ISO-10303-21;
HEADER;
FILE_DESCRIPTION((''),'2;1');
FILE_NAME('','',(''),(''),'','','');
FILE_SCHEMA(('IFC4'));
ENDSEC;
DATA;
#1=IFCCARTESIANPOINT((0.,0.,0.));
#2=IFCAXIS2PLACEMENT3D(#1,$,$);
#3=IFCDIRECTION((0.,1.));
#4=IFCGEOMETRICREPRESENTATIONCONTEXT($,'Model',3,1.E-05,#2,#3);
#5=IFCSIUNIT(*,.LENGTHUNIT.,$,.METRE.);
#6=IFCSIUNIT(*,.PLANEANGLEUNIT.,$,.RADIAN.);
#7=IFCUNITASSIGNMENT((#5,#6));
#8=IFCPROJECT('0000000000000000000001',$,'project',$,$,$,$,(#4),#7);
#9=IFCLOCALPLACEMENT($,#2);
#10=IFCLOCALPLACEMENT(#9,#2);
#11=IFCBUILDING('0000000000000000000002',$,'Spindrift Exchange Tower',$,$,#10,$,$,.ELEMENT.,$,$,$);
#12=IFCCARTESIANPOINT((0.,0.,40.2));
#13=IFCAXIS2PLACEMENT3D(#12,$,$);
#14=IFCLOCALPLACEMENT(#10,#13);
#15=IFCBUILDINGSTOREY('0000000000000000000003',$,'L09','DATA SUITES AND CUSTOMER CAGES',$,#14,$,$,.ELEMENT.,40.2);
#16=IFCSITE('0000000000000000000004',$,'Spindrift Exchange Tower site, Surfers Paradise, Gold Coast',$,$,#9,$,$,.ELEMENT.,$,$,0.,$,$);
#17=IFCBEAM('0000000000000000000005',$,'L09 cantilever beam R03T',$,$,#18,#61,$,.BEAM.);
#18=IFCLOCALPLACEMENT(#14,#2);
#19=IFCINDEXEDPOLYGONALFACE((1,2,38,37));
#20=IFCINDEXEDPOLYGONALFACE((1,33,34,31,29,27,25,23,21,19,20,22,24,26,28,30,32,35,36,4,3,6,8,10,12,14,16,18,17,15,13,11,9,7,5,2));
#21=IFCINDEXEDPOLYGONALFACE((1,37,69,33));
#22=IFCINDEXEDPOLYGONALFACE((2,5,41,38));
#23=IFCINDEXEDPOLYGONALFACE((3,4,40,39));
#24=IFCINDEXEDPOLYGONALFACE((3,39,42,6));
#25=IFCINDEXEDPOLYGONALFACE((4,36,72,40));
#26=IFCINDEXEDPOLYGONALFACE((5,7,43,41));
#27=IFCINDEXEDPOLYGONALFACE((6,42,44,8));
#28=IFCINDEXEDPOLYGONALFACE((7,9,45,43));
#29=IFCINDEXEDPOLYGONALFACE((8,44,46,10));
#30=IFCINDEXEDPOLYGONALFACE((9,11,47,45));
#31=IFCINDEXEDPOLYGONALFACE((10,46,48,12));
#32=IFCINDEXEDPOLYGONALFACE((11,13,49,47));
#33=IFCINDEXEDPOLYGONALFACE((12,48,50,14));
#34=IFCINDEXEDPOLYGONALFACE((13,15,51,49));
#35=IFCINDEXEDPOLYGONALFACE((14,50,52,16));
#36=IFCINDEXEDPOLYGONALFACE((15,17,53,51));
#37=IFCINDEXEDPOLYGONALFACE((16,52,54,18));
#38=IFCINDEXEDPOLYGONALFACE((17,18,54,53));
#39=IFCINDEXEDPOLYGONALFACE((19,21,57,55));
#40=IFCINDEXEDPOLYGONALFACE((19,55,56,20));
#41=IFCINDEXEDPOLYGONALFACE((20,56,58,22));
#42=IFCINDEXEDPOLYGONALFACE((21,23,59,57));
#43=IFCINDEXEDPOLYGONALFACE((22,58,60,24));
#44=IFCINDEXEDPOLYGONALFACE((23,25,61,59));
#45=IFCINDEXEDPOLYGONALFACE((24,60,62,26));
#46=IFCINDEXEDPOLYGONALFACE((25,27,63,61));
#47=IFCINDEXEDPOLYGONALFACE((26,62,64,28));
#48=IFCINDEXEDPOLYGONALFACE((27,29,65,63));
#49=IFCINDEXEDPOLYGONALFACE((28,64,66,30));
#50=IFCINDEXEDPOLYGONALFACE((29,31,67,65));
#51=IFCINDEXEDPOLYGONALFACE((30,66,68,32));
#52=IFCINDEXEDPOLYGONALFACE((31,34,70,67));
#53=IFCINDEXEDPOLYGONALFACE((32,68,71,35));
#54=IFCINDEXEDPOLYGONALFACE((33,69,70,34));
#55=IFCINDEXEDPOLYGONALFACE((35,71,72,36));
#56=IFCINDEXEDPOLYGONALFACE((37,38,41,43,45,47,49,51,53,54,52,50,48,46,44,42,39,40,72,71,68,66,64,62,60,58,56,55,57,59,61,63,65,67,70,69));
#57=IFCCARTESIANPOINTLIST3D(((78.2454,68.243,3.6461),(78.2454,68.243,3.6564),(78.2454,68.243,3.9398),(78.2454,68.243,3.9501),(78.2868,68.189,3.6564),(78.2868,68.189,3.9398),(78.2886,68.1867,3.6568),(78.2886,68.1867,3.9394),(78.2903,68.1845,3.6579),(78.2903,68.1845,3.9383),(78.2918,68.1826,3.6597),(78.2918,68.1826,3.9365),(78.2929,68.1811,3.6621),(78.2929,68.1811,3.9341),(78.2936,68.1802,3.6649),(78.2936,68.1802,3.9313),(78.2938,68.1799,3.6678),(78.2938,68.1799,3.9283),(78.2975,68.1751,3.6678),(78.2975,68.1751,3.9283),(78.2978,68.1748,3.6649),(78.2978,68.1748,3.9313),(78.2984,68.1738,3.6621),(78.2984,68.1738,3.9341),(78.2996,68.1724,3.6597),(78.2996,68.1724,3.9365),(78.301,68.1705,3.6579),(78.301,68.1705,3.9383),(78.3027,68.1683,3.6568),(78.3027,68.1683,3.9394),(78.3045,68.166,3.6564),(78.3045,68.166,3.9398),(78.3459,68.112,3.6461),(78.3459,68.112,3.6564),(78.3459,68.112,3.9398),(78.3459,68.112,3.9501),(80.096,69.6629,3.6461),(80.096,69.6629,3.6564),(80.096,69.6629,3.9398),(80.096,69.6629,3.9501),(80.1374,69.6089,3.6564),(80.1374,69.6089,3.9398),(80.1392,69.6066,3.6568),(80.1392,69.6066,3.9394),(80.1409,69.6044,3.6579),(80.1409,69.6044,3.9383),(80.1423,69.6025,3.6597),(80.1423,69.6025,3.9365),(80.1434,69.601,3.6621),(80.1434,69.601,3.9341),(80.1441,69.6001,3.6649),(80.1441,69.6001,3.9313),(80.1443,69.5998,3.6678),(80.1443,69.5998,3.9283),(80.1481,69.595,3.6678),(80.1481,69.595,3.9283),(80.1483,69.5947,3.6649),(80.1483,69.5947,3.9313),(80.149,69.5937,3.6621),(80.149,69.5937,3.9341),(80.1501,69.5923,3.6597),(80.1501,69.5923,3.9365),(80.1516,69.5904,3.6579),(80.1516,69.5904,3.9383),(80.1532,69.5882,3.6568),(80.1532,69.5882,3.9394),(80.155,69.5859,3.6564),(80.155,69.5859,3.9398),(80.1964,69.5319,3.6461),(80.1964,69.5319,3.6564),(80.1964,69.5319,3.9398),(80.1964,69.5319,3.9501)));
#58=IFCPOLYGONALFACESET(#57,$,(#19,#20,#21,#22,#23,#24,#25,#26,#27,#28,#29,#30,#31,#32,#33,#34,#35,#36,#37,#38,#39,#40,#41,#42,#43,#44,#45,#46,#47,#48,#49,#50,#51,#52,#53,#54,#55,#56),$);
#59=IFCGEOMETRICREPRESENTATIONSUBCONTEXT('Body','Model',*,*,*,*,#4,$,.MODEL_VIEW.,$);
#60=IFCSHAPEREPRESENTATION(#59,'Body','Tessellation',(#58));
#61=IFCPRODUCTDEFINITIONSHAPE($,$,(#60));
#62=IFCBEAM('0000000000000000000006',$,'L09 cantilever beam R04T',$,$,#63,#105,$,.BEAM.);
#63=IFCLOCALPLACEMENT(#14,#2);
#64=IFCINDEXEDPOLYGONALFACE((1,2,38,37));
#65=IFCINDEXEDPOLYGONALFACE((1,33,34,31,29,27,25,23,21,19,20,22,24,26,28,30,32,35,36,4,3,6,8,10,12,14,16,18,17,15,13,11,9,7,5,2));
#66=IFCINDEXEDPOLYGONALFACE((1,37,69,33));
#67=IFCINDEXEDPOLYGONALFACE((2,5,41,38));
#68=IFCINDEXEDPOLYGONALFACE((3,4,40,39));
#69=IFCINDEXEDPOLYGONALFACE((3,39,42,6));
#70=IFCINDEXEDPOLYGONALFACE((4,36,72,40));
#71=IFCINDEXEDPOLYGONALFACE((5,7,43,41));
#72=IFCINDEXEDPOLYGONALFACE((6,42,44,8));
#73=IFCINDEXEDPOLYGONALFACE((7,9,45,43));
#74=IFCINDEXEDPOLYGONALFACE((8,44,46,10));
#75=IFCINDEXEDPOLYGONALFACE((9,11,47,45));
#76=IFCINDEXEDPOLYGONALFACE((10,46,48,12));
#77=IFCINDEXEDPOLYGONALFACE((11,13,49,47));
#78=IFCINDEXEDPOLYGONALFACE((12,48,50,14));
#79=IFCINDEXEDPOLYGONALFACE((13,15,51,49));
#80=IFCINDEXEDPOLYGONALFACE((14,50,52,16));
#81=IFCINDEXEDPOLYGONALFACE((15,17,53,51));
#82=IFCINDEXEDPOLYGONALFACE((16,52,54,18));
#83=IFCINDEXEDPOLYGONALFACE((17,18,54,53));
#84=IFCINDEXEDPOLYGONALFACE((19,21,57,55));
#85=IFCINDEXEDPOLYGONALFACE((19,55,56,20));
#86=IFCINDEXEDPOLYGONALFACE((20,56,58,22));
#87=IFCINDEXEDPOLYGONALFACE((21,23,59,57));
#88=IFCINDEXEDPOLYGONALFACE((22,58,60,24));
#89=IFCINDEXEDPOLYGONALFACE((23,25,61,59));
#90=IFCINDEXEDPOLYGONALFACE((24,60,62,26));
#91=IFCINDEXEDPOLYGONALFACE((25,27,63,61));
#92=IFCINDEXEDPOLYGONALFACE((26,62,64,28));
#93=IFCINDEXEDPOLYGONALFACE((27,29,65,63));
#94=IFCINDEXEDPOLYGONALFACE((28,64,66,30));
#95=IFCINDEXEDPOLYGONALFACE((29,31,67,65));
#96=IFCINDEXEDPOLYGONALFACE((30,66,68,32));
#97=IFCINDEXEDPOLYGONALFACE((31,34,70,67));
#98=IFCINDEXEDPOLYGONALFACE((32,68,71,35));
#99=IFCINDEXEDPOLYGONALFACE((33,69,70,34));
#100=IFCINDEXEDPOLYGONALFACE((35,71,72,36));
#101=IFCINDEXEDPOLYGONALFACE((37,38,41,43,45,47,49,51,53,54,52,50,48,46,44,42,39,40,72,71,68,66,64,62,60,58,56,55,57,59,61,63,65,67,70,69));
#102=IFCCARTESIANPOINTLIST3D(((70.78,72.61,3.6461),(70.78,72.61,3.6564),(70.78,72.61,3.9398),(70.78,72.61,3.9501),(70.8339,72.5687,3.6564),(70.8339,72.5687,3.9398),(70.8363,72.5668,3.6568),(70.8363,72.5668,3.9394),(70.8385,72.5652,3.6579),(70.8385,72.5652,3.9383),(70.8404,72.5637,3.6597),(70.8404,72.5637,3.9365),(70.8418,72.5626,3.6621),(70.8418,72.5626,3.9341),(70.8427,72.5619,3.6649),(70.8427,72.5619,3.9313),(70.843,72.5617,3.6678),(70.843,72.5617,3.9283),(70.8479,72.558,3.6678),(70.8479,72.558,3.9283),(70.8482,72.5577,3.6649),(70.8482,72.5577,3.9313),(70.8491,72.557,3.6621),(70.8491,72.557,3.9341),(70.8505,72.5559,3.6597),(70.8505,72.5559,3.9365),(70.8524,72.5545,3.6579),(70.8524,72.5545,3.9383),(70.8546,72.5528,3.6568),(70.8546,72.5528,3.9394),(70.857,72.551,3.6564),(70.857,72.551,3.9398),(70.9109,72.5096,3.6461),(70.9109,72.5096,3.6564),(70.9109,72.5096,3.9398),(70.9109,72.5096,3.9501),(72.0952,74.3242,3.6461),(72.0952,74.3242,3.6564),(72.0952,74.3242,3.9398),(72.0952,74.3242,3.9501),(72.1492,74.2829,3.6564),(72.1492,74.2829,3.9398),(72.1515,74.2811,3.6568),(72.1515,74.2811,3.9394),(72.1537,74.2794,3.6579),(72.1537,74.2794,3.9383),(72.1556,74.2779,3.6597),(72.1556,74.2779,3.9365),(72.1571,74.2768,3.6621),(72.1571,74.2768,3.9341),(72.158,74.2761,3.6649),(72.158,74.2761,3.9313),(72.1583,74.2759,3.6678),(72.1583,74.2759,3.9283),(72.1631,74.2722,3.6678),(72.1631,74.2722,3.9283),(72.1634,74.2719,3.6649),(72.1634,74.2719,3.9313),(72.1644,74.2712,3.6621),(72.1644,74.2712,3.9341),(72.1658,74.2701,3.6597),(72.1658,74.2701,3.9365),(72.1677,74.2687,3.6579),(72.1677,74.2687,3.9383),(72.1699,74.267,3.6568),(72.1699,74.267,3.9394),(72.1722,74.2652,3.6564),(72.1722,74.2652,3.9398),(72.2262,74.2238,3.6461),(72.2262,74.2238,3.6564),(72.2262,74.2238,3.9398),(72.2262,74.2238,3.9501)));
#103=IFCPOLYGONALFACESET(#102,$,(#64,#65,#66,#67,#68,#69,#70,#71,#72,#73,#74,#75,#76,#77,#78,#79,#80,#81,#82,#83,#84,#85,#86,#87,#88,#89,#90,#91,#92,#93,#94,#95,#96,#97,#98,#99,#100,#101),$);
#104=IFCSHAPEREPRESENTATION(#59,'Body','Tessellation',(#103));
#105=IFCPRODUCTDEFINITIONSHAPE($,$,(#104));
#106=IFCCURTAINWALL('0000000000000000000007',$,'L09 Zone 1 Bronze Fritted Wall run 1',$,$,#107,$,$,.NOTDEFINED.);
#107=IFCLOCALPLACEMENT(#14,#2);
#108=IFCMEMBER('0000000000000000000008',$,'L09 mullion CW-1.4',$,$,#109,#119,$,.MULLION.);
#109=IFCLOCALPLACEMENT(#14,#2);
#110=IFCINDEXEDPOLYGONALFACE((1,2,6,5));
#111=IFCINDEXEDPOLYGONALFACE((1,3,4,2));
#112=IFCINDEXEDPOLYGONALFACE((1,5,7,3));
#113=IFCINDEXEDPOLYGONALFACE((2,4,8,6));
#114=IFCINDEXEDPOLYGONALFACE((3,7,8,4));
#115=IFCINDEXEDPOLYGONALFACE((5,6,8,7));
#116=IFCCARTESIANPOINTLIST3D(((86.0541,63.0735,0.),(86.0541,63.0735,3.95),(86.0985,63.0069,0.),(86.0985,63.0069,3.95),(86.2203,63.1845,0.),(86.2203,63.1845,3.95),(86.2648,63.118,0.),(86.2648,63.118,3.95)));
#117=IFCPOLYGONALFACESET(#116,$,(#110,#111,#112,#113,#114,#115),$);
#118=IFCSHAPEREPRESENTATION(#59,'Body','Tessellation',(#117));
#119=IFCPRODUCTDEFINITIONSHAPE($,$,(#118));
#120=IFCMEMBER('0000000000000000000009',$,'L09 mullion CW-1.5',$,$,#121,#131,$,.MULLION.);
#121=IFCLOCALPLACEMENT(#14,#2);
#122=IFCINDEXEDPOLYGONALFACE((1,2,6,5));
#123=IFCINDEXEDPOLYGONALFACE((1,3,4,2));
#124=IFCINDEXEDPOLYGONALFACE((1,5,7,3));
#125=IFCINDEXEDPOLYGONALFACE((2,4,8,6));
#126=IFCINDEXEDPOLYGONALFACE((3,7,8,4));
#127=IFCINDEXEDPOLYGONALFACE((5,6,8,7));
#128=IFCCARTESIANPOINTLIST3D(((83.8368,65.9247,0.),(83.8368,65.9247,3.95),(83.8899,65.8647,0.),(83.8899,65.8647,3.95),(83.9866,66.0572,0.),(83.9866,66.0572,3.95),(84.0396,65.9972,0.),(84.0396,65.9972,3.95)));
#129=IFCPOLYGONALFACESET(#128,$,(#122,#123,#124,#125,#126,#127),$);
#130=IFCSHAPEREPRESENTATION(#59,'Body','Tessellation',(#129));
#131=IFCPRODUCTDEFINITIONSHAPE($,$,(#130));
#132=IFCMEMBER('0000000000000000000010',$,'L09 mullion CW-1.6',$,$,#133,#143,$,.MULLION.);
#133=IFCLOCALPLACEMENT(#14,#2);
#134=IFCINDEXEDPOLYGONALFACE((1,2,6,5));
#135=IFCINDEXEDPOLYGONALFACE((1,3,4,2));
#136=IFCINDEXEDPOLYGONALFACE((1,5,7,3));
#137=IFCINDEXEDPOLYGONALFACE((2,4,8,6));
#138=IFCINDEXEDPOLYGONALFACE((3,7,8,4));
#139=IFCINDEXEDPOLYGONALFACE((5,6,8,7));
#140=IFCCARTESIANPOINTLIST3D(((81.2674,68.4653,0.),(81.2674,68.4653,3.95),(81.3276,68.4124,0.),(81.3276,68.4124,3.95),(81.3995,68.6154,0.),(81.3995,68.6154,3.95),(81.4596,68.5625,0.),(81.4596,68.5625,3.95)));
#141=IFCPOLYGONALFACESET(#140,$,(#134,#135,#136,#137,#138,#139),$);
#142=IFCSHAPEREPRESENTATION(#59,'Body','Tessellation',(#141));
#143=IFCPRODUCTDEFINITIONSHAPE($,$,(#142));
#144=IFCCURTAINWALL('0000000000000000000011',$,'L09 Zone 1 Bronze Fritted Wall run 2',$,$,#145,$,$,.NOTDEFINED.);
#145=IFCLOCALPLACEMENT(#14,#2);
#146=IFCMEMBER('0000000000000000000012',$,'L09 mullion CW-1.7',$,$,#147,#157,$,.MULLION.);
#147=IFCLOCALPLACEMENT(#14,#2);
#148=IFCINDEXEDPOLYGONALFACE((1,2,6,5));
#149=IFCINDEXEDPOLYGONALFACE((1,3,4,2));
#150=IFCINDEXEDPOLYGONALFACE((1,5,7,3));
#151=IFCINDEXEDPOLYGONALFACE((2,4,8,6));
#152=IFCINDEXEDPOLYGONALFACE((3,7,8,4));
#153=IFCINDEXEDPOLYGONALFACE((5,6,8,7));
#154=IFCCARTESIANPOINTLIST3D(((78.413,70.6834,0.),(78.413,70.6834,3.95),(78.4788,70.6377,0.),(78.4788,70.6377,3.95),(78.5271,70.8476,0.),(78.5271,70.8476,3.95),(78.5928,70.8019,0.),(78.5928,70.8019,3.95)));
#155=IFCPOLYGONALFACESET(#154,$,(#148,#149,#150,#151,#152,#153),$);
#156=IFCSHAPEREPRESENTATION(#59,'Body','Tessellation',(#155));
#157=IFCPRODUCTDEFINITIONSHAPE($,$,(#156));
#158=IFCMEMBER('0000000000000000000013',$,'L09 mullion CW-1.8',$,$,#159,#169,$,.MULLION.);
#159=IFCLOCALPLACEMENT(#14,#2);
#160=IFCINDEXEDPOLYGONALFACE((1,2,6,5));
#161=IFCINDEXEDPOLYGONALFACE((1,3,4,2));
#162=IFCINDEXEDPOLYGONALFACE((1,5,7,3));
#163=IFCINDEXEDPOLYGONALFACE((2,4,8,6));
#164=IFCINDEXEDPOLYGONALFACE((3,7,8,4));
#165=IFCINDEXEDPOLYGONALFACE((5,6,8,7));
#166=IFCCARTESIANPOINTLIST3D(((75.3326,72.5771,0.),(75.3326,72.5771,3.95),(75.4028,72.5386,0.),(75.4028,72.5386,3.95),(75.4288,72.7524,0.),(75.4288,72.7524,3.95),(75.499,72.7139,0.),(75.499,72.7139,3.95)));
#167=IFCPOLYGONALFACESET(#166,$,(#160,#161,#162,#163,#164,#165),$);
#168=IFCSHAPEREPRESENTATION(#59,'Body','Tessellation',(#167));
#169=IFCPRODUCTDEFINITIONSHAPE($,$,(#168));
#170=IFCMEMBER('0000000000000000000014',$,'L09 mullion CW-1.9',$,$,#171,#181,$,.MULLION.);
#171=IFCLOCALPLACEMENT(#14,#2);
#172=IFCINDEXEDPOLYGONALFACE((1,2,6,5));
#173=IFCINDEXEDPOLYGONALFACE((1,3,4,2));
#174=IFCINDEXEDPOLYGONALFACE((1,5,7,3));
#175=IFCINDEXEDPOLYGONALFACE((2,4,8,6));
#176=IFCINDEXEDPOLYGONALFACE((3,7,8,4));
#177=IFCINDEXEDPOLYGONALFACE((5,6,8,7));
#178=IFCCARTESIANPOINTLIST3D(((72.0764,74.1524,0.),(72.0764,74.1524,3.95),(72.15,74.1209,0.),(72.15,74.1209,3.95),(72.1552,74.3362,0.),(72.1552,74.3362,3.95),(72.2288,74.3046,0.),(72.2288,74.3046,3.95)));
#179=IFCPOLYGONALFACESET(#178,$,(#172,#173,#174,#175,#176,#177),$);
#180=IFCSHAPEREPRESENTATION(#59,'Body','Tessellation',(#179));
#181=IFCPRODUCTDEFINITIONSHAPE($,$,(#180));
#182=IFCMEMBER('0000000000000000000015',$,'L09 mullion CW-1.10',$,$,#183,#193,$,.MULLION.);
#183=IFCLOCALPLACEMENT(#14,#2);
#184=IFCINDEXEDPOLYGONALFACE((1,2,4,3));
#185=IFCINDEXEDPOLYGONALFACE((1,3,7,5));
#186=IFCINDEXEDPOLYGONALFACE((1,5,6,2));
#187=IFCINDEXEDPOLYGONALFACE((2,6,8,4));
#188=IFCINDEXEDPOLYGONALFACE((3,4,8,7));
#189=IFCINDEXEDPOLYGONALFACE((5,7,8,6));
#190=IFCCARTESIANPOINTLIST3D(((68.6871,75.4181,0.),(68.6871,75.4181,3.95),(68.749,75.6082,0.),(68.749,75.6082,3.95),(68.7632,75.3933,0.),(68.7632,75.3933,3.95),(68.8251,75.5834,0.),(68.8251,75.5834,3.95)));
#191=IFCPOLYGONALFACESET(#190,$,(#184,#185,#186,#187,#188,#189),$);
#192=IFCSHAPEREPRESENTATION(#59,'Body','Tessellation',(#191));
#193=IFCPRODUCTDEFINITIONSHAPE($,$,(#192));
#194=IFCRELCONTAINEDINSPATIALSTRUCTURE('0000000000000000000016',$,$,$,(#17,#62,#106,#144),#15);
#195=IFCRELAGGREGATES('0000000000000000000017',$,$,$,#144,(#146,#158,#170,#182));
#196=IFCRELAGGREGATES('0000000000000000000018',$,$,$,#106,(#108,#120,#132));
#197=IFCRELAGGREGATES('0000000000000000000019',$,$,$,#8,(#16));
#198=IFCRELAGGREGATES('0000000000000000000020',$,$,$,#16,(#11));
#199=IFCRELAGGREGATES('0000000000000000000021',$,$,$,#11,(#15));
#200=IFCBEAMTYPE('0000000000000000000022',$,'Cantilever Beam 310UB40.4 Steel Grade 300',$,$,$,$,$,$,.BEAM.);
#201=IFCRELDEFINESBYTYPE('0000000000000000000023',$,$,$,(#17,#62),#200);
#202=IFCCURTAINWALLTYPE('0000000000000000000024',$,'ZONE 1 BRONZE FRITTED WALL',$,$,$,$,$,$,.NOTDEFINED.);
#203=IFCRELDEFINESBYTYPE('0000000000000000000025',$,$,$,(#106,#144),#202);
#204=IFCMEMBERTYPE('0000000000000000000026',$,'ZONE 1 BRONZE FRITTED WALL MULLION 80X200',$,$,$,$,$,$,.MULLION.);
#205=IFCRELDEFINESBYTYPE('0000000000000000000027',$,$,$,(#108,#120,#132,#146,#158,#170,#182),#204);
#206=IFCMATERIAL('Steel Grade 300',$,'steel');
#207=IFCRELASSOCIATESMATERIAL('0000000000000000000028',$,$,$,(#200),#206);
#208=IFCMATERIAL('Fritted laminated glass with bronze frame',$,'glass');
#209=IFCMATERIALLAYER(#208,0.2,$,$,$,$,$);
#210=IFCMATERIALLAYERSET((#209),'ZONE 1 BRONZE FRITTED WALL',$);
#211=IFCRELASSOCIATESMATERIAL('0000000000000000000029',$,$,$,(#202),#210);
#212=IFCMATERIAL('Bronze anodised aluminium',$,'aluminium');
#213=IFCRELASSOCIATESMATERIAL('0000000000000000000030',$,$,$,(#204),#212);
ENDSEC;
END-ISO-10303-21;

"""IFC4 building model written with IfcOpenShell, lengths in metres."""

from ifc_helpers import new_model, si_unit, direction, frame, origin, origin_2d, place, context, subcontext, project, spatial, rectangle, i_section, extrude, source, transform, mapped, material, layer, layer_set, material_profile, profile_set, type_object, element, aggregate, save


model = new_model("IFC4")

# Units and contexts
model_context = context("Model", 3, precision=1e-05, world=origin(), true_north=direction((0.0, 1.0)))
body_context = subcontext(model_context, "Body", "Model", "MODEL_VIEW")
ifc_project = project(units=[si_unit("LENGTHUNIT", "METRE"), si_unit("PLANEANGLEUNIT", "RADIAN")], contexts=[model_context])

# Site, building, storey
site_placement = place(None, origin())
site = spatial("IfcSite", under=ifc_project, at=site_placement, Name="Spindrift Exchange Tower site, Surfers Paradise, Gold Coast", CompositionType="ELEMENT", RefElevation=0.0)
building_placement = place(site_placement, origin())
building = spatial("IfcBuilding", under=site, at=building_placement, Name="Spindrift Exchange Tower", CompositionType="ELEMENT")
storey_placement = place(building_placement, frame((0.0, 0.0, 40.2)))
storey = spatial("IfcBuildingStorey", under=building, at=storey_placement, Name="L09", Description="DATA SUITES AND CUSTOMER CAGES", CompositionType="ELEMENT", Elevation=40.2)

# Beams
ifc_material_1 = material(Name="Steel Grade 300", Category="steel")
ifc_material_profile_1 = material_profile(ifc_material_1, i_section(OverallWidth=0.165, OverallDepth=0.304, WebThickness=0.0061, FlangeThickness=0.0103, FilletRadius=0.0115, at=origin_2d()), Name="310UB40.4")
ifc_profile_set_1 = profile_set([ifc_material_profile_1], Name="Steel Grade 300")
beam_type_1 = type_object("IfcBeamType", Name="Cantilever Beam 310UB40.4 Steel Grade 300", PredefinedType="BEAM", material=ifc_profile_set_1)
shared_shape_1 = source(origin(), body_context, "Body", "SweptSolid", [
    extrude(i_section(OverallWidth=0.165, OverallDepth=0.304, WebThickness=0.0061, FlangeThickness=0.0103, FilletRadius=0.0115, at=origin_2d()), origin(), (0.0, 0.0, 1.0), 2.3325),
])
beam_1_placement = place(storey_placement, frame((78.2957, 68.1775, 3.7981), z_axis=(0.79337, 0.608739, 0.0), x_axis=(-0.608739, 0.79337, 0.0)))
element("IfcBeam", 1, at=beam_1_placement, inside=storey, type_object=beam_type_1, Name="L09 cantilever beam R03T", PredefinedType="BEAM", context=body_context, shape_type="MappedRepresentation", body=[
    mapped(shared_shape_1, transform((0.0, 0.0, 0.0), scale=1.0)),
])
shared_shape_2 = source(origin(), body_context, "Body", "SweptSolid", [
    extrude(i_section(OverallWidth=0.165, OverallDepth=0.304, WebThickness=0.0061, FlangeThickness=0.0103, FilletRadius=0.0115, at=origin_2d()), origin(), (0.0, 0.0, 1.0), 2.1606),
])
beam_2_placement = place(storey_placement, frame((70.8455, 72.5598, 3.7981), z_axis=(0.608733, 0.793375, 0.0), x_axis=(-0.793375, 0.608733, 0.0)))
element("IfcBeam", 2, at=beam_2_placement, inside=storey, type_object=beam_type_1, Name="L09 cantilever beam R04T", PredefinedType="BEAM", context=body_context, shape_type="MappedRepresentation", body=[
    mapped(shared_shape_2, transform((0.0, 0.0, 0.0), scale=1.0)),
])

# Curtain walls, members
ifc_material_2 = material(Name="Fritted laminated glass with bronze frame", Category="glass")
ifc_layer_1 = layer(ifc_material_2, 0.2)
ifc_layer_set_1 = layer_set([ifc_layer_1], Name="ZONE 1 BRONZE FRITTED WALL")
curtain_wall_type = type_object("IfcCurtainWallType", Name="ZONE 1 BRONZE FRITTED WALL", PredefinedType="NOTDEFINED", material=ifc_layer_set_1)
curtain_wall_1_placement = place(storey_placement, origin())
curtain_wall_1 = element("IfcCurtainWall", 3, at=curtain_wall_1_placement, inside=storey, type_object=curtain_wall_type, Name="L09 Zone 1 Bronze Fritted Wall run 1", PredefinedType="NOTDEFINED")
ifc_material_3 = material(Name="Bronze anodised aluminium", Category="aluminium")
ifc_material_profile_2 = material_profile(ifc_material_3, rectangle(XDim=0.0801, YDim=0.2, at=origin_2d()), Name="ZONE 1 BRONZE FRITTED WALL MULLION 80X200")
ifc_profile_set_2 = profile_set([ifc_material_profile_2], Name="Bronze anodised aluminium")
member_type_1 = type_object("IfcMemberType", Name="ZONE 1 BRONZE FRITTED WALL MULLION 80X200", PredefinedType="MULLION", material=ifc_profile_set_2)
shared_shape_3 = source(origin(), body_context, "Body", "SweptSolid", [
    extrude(rectangle(XDim=0.0801, YDim=0.2, at=origin_2d()), origin(), (0.0, 0.0, 1.0), 3.95),
])
member_1_placement = place(storey_placement, frame((86.1594, 63.0957, 0.0), z_axis=(0.0, 0.0, 1.0), x_axis=(-0.555536, 0.831492, 0.0)))
member_1 = element("IfcMember", 4, at=member_1_placement, type_object=member_type_1, Name="L09 mullion CW-1.4", PredefinedType="MULLION", context=body_context, shape_type="MappedRepresentation", body=[
    mapped(shared_shape_3, transform((0.0, 0.0, 0.0), scale=1.0)),
])
member_2_placement = place(storey_placement, frame((83.9382, 65.9609, 0.0), z_axis=(0.0, 0.0, 1.0), x_axis=(-0.662802, 0.748795, 0.0)))
member_2 = element("IfcMember", 5, at=member_2_placement, type_object=member_type_1, Name="L09 mullion CW-1.5", PredefinedType="MULLION", context=body_context, shape_type="MappedRepresentation", body=[
    mapped(shared_shape_3, transform((0.0, 0.0, 0.0), scale=1.0)),
])
member_3_placement = place(storey_placement, frame((81.3635, 68.5139, 0.0), z_axis=(0.0, 0.0, 1.0), x_axis=(-0.750812, 0.660516, 0.0)))
member_3 = element("IfcMember", 6, at=member_3_placement, type_object=member_type_1, Name="L09 mullion CW-1.6", PredefinedType="MULLION", context=body_context, shape_type="MappedRepresentation", body=[
    mapped(shared_shape_3, transform((0.0, 0.0, 0.0), scale=1.0)),
])
curtain_wall_2_placement = place(storey_placement, origin())
curtain_wall_2 = element("IfcCurtainWall", 7, at=curtain_wall_2_placement, inside=storey, type_object=curtain_wall_type, Name="L09 Zone 1 Bronze Fritted Wall run 2", PredefinedType="NOTDEFINED")
member_4_placement = place(storey_placement, frame((78.5029, 70.7427, 0.0), z_axis=(0.0, 0.0, 1.0), x_axis=(-0.821299, 0.570499, 0.0)))
member_4 = element("IfcMember", 8, at=member_4_placement, type_object=member_type_1, Name="L09 mullion CW-1.7", PredefinedType="MULLION", context=body_context, shape_type="MappedRepresentation", body=[
    mapped(shared_shape_3, transform((0.0, 0.0, 0.0), scale=1.0)),
])
member_5_placement = place(storey_placement, frame((75.4158, 72.6455, 0.0), z_axis=(0.0, 0.0, 1.0), x_axis=(-0.876603, 0.481214, 0.0)))
member_5 = element("IfcMember", 9, at=member_5_placement, type_object=member_type_1, Name="L09 mullion CW-1.8", PredefinedType="MULLION", context=body_context, shape_type="MappedRepresentation", body=[
    mapped(shared_shape_3, transform((0.0, 0.0, 0.0), scale=1.0)),
])
member_6_placement = place(storey_placement, frame((72.1526, 74.2285, 0.0), z_axis=(0.0, 0.0, 1.0), x_axis=(-0.919086, 0.394058, 0.0)))
member_6 = element("IfcMember", 10, at=member_6_placement, type_object=member_type_1, Name="L09 mullion CW-1.9", PredefinedType="MULLION", context=body_context, shape_type="MappedRepresentation", body=[
    mapped(shared_shape_3, transform((0.0, 0.0, 0.0), scale=1.0)),
])
member_7_placement = place(storey_placement, frame((68.7561, 75.5007, 0.0), z_axis=(0.0, 0.0, 1.0), x_axis=(-0.950881, 0.309556, 0.0)))
member_7 = element("IfcMember", 11, at=member_7_placement, type_object=member_type_1, Name="L09 mullion CW-1.10", PredefinedType="MULLION", context=body_context, shape_type="MappedRepresentation", body=[
    mapped(shared_shape_3, transform((0.0, 0.0, 0.0), scale=1.0)),
])

aggregate(curtain_wall_2, [member_4, member_5, member_6, member_7])
aggregate(curtain_wall_1, [member_1, member_2, member_3])

save(model, "model.ifc")
